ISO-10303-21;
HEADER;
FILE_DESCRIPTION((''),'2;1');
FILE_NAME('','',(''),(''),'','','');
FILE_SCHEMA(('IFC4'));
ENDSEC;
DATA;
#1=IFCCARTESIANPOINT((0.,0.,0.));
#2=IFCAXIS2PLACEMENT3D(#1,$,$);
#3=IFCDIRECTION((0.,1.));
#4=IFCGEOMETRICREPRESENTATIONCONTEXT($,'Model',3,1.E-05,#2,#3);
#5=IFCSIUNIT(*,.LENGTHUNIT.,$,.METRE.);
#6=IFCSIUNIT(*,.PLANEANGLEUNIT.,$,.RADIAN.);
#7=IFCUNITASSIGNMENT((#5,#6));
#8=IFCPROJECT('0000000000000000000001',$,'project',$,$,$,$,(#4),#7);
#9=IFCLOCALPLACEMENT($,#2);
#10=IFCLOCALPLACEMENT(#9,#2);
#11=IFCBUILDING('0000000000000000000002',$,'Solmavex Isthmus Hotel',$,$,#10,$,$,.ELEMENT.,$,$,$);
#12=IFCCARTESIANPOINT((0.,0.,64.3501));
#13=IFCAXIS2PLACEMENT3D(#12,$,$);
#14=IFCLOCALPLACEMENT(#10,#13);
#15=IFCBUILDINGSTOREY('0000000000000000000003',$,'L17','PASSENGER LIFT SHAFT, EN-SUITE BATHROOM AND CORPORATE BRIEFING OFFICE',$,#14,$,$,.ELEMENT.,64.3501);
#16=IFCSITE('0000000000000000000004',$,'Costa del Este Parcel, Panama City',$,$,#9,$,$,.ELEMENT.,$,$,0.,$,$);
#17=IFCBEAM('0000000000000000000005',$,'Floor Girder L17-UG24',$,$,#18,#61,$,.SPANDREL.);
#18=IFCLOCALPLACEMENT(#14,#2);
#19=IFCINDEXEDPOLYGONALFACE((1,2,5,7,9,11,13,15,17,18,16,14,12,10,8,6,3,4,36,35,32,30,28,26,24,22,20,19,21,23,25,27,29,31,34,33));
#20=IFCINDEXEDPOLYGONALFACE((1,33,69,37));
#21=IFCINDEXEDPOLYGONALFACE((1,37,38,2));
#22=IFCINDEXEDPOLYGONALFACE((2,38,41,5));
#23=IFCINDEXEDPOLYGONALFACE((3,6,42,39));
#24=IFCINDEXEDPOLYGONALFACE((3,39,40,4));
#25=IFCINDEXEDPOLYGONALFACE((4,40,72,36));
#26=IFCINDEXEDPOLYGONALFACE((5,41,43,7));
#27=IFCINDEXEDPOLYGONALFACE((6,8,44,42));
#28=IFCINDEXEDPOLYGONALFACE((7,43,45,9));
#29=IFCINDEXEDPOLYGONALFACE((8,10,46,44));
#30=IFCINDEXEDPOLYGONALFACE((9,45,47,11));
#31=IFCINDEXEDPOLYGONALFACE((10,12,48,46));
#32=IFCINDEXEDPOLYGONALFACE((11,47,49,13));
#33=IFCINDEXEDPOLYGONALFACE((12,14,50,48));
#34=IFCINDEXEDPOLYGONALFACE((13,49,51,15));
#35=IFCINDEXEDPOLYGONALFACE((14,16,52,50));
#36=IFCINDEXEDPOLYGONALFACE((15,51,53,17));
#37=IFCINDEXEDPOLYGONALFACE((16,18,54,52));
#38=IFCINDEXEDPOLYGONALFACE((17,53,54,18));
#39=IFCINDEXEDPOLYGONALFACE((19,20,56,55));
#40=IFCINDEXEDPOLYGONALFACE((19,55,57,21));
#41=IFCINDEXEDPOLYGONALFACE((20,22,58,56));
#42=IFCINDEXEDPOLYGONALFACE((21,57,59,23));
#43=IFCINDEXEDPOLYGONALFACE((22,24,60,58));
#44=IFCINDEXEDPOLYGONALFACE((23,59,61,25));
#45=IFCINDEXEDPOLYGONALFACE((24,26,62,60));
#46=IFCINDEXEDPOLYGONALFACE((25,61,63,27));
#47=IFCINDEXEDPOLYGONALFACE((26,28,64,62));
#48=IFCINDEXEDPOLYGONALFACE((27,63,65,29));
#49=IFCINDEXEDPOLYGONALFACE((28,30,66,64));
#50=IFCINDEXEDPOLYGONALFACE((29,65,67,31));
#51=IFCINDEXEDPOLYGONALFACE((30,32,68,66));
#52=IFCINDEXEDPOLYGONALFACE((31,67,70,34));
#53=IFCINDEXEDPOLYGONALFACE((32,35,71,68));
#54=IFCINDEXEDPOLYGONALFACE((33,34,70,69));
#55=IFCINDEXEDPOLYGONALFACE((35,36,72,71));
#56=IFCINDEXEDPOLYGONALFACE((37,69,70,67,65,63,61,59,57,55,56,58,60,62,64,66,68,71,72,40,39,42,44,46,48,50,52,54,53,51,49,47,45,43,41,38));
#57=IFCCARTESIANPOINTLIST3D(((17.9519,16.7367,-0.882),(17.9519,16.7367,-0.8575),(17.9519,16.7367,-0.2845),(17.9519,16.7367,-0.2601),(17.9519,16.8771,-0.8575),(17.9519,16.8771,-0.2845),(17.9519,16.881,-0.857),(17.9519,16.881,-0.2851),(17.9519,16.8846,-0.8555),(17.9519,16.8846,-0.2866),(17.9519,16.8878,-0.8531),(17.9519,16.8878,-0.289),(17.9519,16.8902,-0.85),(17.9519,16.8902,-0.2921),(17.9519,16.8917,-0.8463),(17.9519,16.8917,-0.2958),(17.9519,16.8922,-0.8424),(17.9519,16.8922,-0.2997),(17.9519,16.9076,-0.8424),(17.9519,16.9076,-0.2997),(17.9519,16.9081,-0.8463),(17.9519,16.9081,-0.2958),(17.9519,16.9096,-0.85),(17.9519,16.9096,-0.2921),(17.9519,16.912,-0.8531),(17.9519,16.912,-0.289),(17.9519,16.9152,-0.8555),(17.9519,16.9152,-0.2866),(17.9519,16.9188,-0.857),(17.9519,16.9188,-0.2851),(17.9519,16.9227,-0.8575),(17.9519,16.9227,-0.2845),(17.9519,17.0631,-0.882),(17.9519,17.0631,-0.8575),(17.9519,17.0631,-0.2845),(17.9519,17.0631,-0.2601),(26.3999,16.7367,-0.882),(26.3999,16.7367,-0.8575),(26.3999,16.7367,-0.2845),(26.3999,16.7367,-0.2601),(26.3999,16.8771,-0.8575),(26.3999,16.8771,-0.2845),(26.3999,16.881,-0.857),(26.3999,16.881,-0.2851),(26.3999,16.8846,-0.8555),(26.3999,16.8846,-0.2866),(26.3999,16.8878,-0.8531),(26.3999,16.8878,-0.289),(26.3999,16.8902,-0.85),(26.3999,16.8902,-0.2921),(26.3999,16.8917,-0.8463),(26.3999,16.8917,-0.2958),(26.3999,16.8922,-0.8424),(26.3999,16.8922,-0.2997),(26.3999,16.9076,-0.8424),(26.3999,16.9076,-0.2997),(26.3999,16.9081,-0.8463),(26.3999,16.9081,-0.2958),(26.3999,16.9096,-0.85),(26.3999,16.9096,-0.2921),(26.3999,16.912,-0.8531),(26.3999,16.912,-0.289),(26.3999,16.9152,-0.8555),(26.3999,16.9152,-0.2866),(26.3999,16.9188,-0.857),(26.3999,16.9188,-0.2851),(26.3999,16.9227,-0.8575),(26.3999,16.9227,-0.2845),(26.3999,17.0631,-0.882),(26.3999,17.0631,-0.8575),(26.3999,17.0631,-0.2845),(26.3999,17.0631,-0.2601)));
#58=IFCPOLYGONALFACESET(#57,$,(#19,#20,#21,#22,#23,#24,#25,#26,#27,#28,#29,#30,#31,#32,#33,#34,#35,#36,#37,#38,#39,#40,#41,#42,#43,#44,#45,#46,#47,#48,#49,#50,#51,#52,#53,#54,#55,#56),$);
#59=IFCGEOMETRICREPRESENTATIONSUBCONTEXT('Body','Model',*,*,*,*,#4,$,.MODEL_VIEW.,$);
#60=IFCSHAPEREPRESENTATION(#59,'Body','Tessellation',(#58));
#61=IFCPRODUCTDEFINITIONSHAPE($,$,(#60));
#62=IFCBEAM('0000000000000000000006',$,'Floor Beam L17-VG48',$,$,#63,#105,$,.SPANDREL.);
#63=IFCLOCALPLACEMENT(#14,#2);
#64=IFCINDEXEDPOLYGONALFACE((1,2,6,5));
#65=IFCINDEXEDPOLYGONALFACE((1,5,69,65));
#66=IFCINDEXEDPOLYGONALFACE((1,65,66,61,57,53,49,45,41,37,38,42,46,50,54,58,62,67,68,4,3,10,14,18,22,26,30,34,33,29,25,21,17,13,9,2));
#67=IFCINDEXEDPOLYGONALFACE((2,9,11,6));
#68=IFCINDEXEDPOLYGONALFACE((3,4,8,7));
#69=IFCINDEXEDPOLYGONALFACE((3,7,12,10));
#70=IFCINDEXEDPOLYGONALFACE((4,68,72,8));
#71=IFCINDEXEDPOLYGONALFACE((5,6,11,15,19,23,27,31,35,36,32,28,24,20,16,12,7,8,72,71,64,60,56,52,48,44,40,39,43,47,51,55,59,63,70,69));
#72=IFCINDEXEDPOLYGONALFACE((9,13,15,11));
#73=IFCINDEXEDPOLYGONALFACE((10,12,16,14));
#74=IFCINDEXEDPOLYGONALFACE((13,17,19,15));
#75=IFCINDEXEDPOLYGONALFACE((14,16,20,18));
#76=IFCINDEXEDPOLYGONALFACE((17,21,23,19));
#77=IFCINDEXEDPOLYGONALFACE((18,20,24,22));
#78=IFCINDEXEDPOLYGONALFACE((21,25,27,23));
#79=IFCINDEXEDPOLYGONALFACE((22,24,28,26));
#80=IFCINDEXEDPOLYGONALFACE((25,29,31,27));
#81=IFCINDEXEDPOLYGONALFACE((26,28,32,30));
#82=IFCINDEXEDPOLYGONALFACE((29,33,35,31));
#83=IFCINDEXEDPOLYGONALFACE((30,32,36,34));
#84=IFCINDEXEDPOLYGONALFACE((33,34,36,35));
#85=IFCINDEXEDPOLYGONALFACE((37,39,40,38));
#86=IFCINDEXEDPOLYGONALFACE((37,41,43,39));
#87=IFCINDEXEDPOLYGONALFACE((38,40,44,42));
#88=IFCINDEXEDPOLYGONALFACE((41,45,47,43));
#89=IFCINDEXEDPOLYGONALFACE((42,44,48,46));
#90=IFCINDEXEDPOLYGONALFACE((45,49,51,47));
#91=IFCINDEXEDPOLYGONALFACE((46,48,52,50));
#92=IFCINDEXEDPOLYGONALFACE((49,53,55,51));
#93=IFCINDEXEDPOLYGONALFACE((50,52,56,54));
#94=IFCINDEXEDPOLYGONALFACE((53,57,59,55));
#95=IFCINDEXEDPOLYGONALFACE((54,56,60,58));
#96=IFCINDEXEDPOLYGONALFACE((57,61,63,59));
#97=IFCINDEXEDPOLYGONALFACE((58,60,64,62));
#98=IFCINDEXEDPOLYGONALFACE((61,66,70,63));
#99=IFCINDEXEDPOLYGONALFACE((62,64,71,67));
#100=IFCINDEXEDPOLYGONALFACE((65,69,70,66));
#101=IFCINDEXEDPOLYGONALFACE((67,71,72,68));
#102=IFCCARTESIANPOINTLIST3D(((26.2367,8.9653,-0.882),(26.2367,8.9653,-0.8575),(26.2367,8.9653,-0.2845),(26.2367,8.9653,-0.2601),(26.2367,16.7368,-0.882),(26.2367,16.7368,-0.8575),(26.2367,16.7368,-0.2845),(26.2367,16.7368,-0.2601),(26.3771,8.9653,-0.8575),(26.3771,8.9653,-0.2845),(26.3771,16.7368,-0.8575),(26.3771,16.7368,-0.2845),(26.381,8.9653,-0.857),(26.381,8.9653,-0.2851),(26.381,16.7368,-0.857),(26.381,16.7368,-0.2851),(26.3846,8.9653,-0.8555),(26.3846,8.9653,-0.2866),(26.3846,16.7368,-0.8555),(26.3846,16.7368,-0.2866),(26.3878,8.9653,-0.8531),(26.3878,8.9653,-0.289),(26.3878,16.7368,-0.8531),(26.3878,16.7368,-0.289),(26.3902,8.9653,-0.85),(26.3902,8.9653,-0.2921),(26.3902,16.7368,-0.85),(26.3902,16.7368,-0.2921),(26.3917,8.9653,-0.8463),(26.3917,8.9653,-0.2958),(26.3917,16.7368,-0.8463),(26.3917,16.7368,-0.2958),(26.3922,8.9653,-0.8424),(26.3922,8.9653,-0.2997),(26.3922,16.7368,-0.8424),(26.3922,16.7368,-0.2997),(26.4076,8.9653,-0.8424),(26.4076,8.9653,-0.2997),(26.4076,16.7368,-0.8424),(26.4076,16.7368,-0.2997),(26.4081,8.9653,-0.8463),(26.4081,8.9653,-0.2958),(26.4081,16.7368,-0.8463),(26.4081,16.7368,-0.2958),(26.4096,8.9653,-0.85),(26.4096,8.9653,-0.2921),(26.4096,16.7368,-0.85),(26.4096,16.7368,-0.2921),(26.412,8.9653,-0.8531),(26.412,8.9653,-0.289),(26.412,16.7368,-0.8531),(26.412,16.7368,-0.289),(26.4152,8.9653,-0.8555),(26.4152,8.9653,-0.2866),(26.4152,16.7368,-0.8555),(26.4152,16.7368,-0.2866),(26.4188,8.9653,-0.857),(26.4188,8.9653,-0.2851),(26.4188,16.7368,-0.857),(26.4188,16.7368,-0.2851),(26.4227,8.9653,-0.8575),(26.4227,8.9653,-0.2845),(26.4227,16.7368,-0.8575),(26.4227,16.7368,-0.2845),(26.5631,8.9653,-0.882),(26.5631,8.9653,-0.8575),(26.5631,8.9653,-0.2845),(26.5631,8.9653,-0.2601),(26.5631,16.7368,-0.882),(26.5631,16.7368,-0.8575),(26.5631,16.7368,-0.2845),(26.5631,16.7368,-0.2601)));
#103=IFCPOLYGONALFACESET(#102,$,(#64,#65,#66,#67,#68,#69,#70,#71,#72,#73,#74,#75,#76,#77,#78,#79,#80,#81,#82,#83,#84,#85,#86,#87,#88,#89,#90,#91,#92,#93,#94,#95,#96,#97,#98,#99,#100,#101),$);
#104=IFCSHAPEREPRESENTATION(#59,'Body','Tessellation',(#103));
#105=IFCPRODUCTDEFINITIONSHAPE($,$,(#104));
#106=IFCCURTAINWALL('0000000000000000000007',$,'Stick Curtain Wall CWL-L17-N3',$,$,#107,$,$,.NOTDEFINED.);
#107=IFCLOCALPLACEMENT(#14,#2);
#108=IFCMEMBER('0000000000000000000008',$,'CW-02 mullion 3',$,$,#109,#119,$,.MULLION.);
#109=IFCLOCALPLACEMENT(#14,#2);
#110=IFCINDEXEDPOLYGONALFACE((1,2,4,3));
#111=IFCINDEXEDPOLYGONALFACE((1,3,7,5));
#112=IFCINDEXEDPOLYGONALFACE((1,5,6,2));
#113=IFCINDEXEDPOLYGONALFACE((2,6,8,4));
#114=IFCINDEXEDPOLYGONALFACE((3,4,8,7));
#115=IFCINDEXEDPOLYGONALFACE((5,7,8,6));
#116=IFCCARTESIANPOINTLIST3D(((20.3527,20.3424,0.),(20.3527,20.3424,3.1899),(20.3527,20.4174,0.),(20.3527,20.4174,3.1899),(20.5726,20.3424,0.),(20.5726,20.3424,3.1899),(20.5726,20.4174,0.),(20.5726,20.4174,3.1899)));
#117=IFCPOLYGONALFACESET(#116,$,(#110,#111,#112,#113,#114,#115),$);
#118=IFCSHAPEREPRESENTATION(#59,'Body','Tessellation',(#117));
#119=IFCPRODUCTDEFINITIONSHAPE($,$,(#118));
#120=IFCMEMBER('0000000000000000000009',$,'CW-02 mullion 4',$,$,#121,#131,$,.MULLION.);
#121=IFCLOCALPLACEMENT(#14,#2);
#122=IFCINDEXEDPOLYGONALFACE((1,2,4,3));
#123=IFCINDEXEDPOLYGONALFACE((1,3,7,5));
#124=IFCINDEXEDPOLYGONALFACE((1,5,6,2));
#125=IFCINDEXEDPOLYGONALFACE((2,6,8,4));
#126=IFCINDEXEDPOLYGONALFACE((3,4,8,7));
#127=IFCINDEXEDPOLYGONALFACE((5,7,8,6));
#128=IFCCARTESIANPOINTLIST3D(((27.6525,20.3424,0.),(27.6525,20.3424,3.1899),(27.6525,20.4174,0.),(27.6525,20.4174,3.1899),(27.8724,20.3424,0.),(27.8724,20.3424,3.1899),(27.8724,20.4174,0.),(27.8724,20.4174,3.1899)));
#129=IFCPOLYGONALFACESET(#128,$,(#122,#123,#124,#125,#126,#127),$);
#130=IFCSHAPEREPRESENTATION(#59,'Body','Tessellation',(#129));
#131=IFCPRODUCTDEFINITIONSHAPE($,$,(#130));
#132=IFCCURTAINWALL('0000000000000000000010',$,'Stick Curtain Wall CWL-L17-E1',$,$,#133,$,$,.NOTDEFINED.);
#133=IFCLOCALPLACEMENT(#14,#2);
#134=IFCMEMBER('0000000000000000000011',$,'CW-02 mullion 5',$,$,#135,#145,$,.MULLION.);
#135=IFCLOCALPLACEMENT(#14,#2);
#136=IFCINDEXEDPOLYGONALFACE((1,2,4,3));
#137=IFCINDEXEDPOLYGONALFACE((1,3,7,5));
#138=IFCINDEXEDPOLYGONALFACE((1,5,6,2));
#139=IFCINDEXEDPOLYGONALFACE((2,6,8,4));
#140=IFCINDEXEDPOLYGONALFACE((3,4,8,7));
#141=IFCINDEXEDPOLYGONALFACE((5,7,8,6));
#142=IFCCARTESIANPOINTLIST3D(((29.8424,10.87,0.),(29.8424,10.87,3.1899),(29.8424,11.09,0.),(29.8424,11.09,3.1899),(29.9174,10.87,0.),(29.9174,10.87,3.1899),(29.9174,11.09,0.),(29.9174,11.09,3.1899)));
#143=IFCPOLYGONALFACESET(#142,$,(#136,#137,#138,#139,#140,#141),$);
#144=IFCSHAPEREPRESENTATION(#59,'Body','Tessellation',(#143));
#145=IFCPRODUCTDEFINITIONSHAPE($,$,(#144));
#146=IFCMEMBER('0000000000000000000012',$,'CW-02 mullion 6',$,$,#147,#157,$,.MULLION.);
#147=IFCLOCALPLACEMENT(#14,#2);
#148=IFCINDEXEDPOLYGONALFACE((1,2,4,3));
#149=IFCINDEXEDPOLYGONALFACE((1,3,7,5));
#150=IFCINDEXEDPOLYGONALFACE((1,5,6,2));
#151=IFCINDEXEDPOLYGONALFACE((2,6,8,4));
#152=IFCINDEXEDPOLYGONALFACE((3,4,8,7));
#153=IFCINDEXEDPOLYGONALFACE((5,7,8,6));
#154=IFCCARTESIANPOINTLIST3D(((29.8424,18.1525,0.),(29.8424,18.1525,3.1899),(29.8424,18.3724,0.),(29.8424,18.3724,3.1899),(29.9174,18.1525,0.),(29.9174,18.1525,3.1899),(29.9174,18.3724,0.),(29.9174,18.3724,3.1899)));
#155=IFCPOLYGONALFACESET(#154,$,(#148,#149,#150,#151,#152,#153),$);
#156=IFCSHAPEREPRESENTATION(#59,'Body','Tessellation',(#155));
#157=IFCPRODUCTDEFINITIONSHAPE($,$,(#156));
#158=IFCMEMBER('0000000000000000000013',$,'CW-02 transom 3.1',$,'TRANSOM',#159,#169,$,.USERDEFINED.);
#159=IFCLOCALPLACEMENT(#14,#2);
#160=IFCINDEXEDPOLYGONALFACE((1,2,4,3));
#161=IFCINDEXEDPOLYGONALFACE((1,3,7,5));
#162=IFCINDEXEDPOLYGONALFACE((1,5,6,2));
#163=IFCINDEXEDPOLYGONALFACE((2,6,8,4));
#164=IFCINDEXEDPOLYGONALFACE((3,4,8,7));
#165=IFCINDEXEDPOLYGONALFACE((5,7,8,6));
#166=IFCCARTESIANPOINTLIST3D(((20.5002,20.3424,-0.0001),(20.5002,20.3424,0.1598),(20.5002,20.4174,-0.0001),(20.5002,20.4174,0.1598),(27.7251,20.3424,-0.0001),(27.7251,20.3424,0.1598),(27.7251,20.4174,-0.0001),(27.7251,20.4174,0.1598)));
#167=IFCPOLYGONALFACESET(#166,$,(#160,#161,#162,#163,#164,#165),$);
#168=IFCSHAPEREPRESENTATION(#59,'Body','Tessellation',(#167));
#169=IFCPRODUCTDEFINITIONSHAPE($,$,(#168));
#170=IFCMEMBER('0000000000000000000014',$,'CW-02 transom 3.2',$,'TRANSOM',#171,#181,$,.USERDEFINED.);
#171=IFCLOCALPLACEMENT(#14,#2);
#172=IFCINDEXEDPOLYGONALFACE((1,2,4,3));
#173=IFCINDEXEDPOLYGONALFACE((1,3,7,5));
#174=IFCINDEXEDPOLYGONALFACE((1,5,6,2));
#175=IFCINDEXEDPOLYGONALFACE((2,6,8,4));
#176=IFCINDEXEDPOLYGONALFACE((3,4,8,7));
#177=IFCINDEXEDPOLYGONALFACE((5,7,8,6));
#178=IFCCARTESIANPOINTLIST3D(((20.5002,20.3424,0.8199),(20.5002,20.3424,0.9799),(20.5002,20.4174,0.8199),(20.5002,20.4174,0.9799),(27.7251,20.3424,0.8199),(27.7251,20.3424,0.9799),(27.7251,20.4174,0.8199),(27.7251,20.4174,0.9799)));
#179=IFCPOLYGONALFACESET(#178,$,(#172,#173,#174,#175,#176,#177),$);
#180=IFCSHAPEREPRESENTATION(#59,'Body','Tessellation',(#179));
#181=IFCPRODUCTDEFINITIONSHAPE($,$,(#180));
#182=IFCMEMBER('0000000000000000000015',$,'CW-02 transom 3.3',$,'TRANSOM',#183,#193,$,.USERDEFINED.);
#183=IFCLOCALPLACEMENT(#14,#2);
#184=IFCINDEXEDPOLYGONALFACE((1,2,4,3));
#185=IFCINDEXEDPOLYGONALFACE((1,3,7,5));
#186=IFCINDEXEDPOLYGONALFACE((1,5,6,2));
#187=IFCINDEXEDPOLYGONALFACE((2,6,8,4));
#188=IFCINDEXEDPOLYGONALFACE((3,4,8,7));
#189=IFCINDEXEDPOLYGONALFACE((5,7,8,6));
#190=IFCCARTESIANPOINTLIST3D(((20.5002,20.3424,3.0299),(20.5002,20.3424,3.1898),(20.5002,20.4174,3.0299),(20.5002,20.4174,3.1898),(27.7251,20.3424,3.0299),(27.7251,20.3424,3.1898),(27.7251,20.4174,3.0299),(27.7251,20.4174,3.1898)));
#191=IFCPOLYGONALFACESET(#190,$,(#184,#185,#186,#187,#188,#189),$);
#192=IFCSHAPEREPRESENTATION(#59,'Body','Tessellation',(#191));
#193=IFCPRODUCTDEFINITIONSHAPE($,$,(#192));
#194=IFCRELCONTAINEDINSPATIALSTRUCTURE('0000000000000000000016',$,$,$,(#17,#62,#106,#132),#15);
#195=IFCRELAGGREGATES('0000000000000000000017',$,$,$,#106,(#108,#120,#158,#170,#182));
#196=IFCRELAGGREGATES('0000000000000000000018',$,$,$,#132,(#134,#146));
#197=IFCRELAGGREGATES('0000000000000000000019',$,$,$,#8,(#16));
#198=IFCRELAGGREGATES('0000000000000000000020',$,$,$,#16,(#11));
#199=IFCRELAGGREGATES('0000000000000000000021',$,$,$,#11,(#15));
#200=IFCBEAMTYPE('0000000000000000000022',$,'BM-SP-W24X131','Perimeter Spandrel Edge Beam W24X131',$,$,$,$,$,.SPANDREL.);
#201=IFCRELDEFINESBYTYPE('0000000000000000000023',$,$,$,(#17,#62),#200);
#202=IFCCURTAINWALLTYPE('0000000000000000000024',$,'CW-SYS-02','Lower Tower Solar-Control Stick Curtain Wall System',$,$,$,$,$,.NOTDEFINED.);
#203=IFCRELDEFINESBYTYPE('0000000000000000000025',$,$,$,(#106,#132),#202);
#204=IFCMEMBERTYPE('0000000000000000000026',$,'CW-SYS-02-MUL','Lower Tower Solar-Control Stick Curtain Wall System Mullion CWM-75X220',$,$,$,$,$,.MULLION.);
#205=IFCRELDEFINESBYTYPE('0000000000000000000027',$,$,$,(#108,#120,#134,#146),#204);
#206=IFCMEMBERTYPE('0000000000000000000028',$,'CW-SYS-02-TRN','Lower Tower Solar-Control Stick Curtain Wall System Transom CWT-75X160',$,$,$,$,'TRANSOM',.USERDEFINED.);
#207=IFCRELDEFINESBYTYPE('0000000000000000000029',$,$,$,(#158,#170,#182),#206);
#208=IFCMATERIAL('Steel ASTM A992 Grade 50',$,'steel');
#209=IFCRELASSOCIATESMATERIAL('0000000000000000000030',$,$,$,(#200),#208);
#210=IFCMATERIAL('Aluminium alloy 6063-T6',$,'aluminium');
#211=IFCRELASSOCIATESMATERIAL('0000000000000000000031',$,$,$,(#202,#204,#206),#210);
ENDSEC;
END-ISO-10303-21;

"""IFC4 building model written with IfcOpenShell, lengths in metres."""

from ifc_helpers import new_model, si_unit, direction, frame, origin, origin_2d, place, context, subcontext, project, spatial, rectangle, i_section, extrude, material, material_profile, profile_set, type_object, element, aggregate, save


model = new_model("IFC4")

# Units and contexts
model_context = context("Model", 3, precision=1e-05, world=origin(), true_north=direction((0.0, 1.0)))
body_context = subcontext(model_context, "Body", "Model", "MODEL_VIEW")
ifc_project = project(units=[si_unit("LENGTHUNIT", "METRE"), si_unit("PLANEANGLEUNIT", "RADIAN")], contexts=[model_context])

# Site, building, storey
site_placement = place(None, origin())
site = spatial("IfcSite", under=ifc_project, at=site_placement, Name="Costa del Este Parcel, Panama City", CompositionType="ELEMENT", RefElevation=0.0)
building_placement = place(site_placement, origin())
building = spatial("IfcBuilding", under=site, at=building_placement, Name="Solmavex Isthmus Hotel", CompositionType="ELEMENT")
storey_placement = place(building_placement, frame((0.0, 0.0, 64.3501)))
storey = spatial("IfcBuildingStorey", under=building, at=storey_placement, Name="L17", Description="PASSENGER LIFT SHAFT, EN-SUITE BATHROOM AND CORPORATE BRIEFING OFFICE", CompositionType="ELEMENT", Elevation=64.3501)

# Beams
ifc_material_1 = material(Name="Steel ASTM A992 Grade 50", Category="steel")
ifc_material_profile_1 = material_profile(ifc_material_1, i_section(OverallWidth=0.3264, OverallDepth=0.6218, WebThickness=0.0154, FlangeThickness=0.0244, FilletRadius=0.0151, at=origin_2d()), Name="W24X131")
ifc_profile_set_1 = profile_set([ifc_material_profile_1], Name="Steel ASTM A992 Grade 50")
beam_type_1 = type_object("IfcBeamType", Name="BM-SP-W24X131", Description="Perimeter Spandrel Edge Beam W24X131", PredefinedType="SPANDREL", material=ifc_profile_set_1)
beam_1_placement = place(storey_placement, frame((17.9519, 16.8999, -0.571), z_axis=(1.0, 0.0, 0.0), x_axis=(0.0, 1.0, 0.0)))
element("IfcBeam", 1, at=beam_1_placement, inside=storey, type_object=beam_type_1, Name="Floor Girder L17-UG24", PredefinedType="SPANDREL", context=body_context, shape_type="SweptSolid", body=[
    extrude(i_section(OverallWidth=0.3264, OverallDepth=0.6218, WebThickness=0.0154, FlangeThickness=0.0244, FilletRadius=0.0151, at=origin_2d()), origin(), (0.0, 0.0, 1.0), 8.448),
])
beam_2_placement = place(storey_placement, frame((26.3999, 8.9653, -0.571), z_axis=(0.0, 1.0, 0.0), x_axis=(-1.0, 0.0, 0.0)))
element("IfcBeam", 2, at=beam_2_placement, inside=storey, type_object=beam_type_1, Name="Floor Beam L17-VG48", PredefinedType="SPANDREL", context=body_context, shape_type="SweptSolid", body=[
    extrude(i_section(OverallWidth=0.3264, OverallDepth=0.6218, WebThickness=0.0154, FlangeThickness=0.0244, FilletRadius=0.0151, at=origin_2d()), origin(), (0.0, 0.0, 1.0), 7.7715),
])

# Curtain walls, members
ifc_material_2 = material(Name="Aluminium alloy 6063-T6", Category="aluminium")
curtain_wall_type = type_object("IfcCurtainWallType", Name="CW-SYS-02", Description="Lower Tower Solar-Control Stick Curtain Wall System", PredefinedType="NOTDEFINED", material=ifc_material_2)
curtain_wall_1_placement = place(storey_placement, origin())
curtain_wall_1 = element("IfcCurtainWall", 3, at=curtain_wall_1_placement, inside=storey, type_object=curtain_wall_type, Name="Stick Curtain Wall CWL-L17-N3", PredefinedType="NOTDEFINED")
ifc_material_profile_2 = material_profile(ifc_material_2, rectangle(XDim=0.075, YDim=0.22, at=origin_2d()), Name="CWM-75X220")
ifc_profile_set_2 = profile_set([ifc_material_profile_2], Name="Aluminium alloy 6063-T6")
member_type_1 = type_object("IfcMemberType", Name="CW-SYS-02-MUL", Description="Lower Tower Solar-Control Stick Curtain Wall System Mullion CWM-75X220", PredefinedType="MULLION", material=ifc_profile_set_2)
member_1_placement = place(storey_placement, frame((20.4626, 20.3799, 0.0), z_axis=(0.0, 0.0, 1.0), x_axis=(0.0, 1.0, 0.0)))
member_1 = element("IfcMember", 4, at=member_1_placement, type_object=member_type_1, Name="CW-02 mullion 3", PredefinedType="MULLION", context=body_context, shape_type="SweptSolid", body=[
    extrude(rectangle(XDim=0.075, YDim=0.22, at=origin_2d()), origin(), (0.0, 0.0, 1.0), 3.1899),
])
member_2_placement = place(storey_placement, frame((27.7625, 20.3799, 0.0), z_axis=(0.0, 0.0, 1.0), x_axis=(0.0, 1.0, 0.0)))
member_2 = element("IfcMember", 5, at=member_2_placement, type_object=member_type_1, Name="CW-02 mullion 4", PredefinedType="MULLION", context=body_context, shape_type="SweptSolid", body=[
    extrude(rectangle(XDim=0.075, YDim=0.22, at=origin_2d()), origin(), (0.0, 0.0, 1.0), 3.1899),
])
curtain_wall_2_placement = place(storey_placement, origin())
curtain_wall_2 = element("IfcCurtainWall", 6, at=curtain_wall_2_placement, inside=storey, type_object=curtain_wall_type, Name="Stick Curtain Wall CWL-L17-E1", PredefinedType="NOTDEFINED")
member_3_placement = place(storey_placement, frame((29.8799, 10.98, 0.0), z_axis=(0.0, 0.0, 1.0), x_axis=(-1.0, 0.0, 0.0)))
member_3 = element("IfcMember", 7, at=member_3_placement, type_object=member_type_1, Name="CW-02 mullion 5", PredefinedType="MULLION", context=body_context, shape_type="SweptSolid", body=[
    extrude(rectangle(XDim=0.075, YDim=0.22, at=origin_2d()), origin(), (0.0, 0.0, 1.0), 3.1899),
])
member_4_placement = place(storey_placement, frame((29.8799, 18.2625, 0.0), z_axis=(0.0, 0.0, 1.0), x_axis=(-1.0, 0.0, 0.0)))
member_4 = element("IfcMember", 8, at=member_4_placement, type_object=member_type_1, Name="CW-02 mullion 6", PredefinedType="MULLION", context=body_context, shape_type="SweptSolid", body=[
    extrude(rectangle(XDim=0.075, YDim=0.22, at=origin_2d()), origin(), (0.0, 0.0, 1.0), 3.1899),
])

# Members
ifc_material_profile_3 = material_profile(ifc_material_2, rectangle(XDim=0.075, YDim=0.1599, at=origin_2d()), Name="CWT-75X160")
ifc_profile_set_3 = profile_set([ifc_material_profile_3], Name="Aluminium alloy 6063-T6")
member_type_2 = type_object("IfcMemberType", Name="CW-SYS-02-TRN", Description="Lower Tower Solar-Control Stick Curtain Wall System Transom CWT-75X160", ElementType="TRANSOM", PredefinedType="USERDEFINED", material=ifc_profile_set_3)
member_5_placement = place(storey_placement, frame((20.5002, 20.3799, 0.0798), z_axis=(1.0, 0.0, 0.0), x_axis=(0.0, 1.0, 0.0)))
member_5 = element("IfcMember", 9, at=member_5_placement, type_object=member_type_2, Name="CW-02 transom 3.1", ObjectType="TRANSOM", PredefinedType="USERDEFINED", context=body_context, shape_type="SweptSolid", body=[
    extrude(rectangle(XDim=0.075, YDim=0.1599, at=origin_2d()), origin(), (0.0, 0.0, 1.0), 7.2249),
])
member_6_placement = place(storey_placement, frame((20.5002, 20.3799, 0.8999), z_axis=(1.0, 0.0, 0.0), x_axis=(0.0, 1.0, 0.0)))
member_6 = element("IfcMember", 10, at=member_6_placement, type_object=member_type_2, Name="CW-02 transom 3.2", ObjectType="TRANSOM", PredefinedType="USERDEFINED", context=body_context, shape_type="SweptSolid", body=[
    extrude(rectangle(XDim=0.075, YDim=0.1599, at=origin_2d()), origin(), (0.0, 0.0, 1.0), 7.2249),
])
member_7_placement = place(storey_placement, frame((20.5002, 20.3799, 3.1099), z_axis=(1.0, 0.0, 0.0), x_axis=(0.0, 1.0, 0.0)))
member_7 = element("IfcMember", 11, at=member_7_placement, type_object=member_type_2, Name="CW-02 transom 3.3", ObjectType="TRANSOM", PredefinedType="USERDEFINED", context=body_context, shape_type="SweptSolid", body=[
    extrude(rectangle(XDim=0.075, YDim=0.1599, at=origin_2d()), origin(), (0.0, 0.0, 1.0), 7.2249),
])

aggregate(curtain_wall_1, [member_1, member_2, member_5, member_6, member_7])
aggregate(curtain_wall_2, [member_3, member_4])

save(model, "model.ifc")
